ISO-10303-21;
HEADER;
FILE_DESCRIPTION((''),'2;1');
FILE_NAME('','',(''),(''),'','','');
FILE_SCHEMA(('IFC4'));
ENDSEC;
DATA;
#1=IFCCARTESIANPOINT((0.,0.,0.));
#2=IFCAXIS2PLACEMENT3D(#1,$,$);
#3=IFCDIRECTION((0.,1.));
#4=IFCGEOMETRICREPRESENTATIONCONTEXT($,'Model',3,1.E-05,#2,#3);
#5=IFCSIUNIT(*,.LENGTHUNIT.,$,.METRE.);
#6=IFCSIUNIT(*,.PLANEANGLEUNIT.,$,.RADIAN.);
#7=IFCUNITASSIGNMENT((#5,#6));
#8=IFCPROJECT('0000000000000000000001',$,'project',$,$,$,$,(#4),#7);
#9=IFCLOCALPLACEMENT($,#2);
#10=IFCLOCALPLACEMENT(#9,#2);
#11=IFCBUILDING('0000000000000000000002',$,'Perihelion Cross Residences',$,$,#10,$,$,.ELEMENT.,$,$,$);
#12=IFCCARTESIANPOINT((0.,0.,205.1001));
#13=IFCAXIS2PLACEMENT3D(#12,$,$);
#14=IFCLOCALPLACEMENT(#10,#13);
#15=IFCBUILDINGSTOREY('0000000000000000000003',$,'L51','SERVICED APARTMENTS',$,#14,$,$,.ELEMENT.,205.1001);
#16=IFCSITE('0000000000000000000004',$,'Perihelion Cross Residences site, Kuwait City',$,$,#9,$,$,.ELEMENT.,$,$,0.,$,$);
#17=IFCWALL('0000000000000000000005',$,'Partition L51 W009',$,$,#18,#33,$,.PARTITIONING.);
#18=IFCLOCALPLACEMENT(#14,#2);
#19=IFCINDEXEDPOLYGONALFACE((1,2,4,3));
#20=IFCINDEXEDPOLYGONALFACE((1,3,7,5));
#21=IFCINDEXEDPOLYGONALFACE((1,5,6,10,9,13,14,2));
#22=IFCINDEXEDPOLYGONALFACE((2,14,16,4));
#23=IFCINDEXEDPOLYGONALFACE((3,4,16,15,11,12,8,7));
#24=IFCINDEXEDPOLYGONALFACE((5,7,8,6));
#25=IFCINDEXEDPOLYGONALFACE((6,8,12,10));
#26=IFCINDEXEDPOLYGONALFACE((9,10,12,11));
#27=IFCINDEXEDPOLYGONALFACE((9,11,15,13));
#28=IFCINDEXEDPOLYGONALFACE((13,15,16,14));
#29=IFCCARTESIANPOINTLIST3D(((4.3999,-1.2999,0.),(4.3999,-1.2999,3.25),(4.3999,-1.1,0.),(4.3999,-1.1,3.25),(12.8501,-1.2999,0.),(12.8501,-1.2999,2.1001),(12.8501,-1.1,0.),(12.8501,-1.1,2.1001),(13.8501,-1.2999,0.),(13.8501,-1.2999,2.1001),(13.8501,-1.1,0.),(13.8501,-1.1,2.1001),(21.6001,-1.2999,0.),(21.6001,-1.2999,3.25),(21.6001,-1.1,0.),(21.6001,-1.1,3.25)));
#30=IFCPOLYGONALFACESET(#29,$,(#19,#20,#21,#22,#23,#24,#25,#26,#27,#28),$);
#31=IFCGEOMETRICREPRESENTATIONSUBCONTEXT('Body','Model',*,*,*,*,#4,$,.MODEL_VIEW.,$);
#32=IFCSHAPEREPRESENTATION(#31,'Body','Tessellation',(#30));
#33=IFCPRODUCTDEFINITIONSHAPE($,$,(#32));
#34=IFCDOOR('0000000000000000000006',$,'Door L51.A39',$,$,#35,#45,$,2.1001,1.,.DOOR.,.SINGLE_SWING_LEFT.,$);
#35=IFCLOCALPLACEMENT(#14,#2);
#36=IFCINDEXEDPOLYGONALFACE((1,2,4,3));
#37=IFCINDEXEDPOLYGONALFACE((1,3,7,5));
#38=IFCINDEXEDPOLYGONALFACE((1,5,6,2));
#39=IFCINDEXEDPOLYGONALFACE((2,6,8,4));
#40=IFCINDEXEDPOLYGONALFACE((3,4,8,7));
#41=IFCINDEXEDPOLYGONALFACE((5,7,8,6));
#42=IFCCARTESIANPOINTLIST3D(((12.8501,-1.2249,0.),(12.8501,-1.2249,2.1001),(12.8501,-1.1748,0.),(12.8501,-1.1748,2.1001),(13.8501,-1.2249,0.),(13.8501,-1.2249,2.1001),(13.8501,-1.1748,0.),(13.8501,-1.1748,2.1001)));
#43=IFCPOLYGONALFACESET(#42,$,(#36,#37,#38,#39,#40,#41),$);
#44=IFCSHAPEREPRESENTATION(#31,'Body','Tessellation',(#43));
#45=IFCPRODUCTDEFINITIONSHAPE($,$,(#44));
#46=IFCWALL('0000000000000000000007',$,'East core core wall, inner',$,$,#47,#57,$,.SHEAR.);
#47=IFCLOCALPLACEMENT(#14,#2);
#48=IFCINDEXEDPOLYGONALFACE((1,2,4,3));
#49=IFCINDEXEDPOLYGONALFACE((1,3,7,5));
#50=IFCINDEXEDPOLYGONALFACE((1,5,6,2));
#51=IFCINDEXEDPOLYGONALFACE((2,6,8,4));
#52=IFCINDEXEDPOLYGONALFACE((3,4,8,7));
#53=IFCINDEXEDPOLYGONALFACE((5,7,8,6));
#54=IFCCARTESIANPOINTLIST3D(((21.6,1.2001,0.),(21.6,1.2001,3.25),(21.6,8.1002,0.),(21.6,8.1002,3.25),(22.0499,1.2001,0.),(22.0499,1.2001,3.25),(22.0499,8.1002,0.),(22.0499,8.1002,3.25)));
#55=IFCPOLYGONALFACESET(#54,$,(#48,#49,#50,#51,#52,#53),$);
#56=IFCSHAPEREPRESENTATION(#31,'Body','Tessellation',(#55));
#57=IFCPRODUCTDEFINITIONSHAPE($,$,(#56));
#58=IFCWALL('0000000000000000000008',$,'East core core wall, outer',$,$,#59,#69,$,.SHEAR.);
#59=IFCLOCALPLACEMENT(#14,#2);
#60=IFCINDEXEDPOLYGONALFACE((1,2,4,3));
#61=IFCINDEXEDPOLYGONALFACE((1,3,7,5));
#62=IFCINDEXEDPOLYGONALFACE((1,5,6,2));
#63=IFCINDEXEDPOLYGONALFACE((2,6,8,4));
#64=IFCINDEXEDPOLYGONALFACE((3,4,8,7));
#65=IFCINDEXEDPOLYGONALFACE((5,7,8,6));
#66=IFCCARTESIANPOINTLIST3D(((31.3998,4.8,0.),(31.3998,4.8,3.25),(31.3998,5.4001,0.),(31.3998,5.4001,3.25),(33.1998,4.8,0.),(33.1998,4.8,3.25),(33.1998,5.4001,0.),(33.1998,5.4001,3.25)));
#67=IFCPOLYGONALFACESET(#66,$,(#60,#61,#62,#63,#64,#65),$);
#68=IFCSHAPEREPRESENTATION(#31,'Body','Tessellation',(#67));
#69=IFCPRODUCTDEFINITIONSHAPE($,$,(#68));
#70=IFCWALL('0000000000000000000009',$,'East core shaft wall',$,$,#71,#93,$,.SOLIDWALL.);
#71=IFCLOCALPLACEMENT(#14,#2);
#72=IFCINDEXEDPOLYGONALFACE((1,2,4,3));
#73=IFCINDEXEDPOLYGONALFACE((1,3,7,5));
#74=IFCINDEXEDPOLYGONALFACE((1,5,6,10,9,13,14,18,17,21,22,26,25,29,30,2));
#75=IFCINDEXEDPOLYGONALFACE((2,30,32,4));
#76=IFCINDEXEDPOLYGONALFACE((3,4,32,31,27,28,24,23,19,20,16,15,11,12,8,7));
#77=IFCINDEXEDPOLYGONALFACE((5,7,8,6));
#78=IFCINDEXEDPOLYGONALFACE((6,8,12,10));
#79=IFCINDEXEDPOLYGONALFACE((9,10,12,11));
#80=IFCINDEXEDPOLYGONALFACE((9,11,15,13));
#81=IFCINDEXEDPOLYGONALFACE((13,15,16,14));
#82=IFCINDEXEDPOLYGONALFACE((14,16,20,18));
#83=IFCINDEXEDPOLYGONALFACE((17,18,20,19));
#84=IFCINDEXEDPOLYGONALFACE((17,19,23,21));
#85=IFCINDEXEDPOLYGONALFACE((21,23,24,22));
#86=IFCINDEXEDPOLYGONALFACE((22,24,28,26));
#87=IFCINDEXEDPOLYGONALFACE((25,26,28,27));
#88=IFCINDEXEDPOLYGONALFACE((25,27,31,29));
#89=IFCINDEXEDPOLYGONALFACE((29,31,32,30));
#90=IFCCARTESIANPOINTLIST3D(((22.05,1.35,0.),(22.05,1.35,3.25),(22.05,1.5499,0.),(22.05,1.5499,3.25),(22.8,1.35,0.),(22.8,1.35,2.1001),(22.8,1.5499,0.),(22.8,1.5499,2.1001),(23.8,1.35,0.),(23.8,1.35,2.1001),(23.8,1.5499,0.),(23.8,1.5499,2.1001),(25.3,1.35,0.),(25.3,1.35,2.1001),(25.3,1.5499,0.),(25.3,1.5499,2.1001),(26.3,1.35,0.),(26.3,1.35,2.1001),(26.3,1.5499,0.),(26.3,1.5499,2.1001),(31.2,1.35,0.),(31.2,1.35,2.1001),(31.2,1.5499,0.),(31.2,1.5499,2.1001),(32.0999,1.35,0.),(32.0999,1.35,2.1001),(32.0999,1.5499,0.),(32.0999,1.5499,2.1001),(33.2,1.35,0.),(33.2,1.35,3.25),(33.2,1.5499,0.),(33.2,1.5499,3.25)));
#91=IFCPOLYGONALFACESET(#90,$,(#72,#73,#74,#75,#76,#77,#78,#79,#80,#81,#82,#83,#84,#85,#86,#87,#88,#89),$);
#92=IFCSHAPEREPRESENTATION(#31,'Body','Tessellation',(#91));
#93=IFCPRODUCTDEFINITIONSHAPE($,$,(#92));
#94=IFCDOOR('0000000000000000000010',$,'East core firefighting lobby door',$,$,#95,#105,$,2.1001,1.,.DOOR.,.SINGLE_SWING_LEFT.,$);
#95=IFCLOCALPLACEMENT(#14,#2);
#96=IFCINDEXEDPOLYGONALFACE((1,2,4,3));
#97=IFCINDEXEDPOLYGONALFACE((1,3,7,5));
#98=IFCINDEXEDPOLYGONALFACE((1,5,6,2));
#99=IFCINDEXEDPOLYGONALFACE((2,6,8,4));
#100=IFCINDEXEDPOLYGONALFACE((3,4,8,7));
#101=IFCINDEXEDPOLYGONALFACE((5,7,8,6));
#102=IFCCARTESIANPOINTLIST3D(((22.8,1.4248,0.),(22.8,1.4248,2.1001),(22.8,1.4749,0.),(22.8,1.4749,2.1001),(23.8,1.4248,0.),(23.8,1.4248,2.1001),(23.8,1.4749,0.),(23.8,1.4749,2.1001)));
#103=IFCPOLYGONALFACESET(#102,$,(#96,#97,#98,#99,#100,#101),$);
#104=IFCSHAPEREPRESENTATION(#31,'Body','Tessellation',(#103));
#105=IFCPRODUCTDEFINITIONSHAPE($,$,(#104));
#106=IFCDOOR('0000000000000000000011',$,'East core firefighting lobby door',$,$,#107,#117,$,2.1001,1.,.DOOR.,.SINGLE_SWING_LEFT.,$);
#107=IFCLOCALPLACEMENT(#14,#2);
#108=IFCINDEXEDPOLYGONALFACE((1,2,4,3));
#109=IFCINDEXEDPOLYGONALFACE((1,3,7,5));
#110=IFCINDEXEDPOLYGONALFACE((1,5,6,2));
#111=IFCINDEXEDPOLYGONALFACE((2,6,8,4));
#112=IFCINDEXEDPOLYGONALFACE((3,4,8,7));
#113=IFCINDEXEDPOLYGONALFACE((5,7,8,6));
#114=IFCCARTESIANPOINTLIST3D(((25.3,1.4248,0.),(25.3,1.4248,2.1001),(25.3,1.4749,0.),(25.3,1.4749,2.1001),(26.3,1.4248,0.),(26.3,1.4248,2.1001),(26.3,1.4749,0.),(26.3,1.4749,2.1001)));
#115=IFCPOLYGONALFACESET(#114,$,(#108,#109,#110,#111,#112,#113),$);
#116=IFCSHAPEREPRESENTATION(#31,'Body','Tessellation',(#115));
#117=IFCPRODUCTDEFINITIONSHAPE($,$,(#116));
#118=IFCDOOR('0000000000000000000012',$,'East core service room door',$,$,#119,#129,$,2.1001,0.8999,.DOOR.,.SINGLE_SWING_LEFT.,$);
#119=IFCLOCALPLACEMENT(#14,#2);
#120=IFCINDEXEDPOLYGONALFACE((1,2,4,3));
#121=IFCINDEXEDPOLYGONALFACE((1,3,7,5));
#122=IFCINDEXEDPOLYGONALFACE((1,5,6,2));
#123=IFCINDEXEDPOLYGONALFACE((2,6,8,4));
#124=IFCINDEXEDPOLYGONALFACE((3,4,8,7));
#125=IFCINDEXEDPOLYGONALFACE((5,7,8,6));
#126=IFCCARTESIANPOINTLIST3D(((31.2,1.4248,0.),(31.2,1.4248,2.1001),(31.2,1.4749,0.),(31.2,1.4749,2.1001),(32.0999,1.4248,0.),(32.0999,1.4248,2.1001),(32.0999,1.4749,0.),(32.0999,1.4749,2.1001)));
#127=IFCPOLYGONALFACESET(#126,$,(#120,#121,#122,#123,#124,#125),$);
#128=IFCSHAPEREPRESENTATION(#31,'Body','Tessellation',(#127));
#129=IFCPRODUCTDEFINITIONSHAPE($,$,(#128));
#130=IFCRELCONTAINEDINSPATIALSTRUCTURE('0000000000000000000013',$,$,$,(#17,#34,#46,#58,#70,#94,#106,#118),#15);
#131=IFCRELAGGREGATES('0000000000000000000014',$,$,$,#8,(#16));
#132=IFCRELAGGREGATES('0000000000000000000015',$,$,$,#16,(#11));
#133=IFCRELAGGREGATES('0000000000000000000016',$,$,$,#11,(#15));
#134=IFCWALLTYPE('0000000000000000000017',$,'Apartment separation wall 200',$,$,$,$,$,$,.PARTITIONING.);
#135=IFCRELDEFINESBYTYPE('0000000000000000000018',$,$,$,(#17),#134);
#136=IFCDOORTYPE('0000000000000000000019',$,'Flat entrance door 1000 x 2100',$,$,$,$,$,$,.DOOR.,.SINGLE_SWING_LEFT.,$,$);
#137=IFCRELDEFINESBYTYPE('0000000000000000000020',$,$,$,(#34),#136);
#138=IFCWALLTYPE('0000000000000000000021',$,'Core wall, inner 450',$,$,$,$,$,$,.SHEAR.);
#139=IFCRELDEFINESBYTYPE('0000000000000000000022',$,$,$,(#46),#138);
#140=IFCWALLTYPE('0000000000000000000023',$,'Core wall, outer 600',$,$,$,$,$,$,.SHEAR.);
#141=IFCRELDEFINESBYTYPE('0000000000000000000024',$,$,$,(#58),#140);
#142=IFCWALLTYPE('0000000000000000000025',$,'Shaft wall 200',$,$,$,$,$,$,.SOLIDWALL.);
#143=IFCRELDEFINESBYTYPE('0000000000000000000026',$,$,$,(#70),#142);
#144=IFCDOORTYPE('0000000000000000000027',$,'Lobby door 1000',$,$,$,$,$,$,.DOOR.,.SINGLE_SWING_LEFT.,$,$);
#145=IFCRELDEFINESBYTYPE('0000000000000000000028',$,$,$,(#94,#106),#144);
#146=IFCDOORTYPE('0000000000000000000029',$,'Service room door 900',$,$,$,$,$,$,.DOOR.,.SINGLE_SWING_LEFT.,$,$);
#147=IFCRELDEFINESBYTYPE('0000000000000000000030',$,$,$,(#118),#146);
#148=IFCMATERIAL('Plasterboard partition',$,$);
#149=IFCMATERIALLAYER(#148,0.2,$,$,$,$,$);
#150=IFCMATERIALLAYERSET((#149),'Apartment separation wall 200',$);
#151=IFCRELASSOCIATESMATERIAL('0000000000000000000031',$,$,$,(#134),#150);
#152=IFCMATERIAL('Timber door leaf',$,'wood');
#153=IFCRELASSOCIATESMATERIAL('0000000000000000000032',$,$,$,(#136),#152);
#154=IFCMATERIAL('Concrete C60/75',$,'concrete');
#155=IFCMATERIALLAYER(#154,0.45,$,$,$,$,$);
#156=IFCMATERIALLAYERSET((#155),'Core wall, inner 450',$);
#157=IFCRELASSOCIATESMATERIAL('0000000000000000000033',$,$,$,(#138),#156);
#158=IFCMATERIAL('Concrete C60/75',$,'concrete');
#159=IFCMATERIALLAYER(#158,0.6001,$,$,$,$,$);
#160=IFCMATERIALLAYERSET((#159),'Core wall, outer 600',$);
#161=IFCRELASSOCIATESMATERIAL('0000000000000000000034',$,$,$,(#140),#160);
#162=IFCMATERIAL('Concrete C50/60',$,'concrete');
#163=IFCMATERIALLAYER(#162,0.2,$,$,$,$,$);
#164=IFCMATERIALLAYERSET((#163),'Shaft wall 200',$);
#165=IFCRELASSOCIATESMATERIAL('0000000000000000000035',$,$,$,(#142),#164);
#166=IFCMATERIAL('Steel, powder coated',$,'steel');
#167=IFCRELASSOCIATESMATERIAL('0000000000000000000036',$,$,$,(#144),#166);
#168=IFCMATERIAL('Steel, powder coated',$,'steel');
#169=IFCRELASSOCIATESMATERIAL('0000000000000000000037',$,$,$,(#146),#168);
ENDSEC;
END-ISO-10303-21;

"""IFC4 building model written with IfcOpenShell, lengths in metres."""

from ifc_helpers import new_model, si_unit, direction, frame, frame_2d, origin, place, context, subcontext, project, spatial, rectangle, extrude, material, layer, layer_set, type_object, element, fill, save


model = new_model("IFC4")

# Units and contexts
model_context = context("Model", 3, precision=1e-05, world=origin(), true_north=direction((0.0, 1.0)))
body_context = subcontext(model_context, "Body", "Model", "MODEL_VIEW")
ifc_project = project(units=[si_unit("LENGTHUNIT", "METRE"), si_unit("PLANEANGLEUNIT", "RADIAN")], contexts=[model_context])

# Site, building, storey
site_placement = place(None, origin())
site = spatial("IfcSite", under=ifc_project, at=site_placement, Name="Perihelion Cross Residences site, Kuwait City", CompositionType="ELEMENT", RefElevation=0.0)
building_placement = place(site_placement, origin())
building = spatial("IfcBuilding", under=site, at=building_placement, Name="Perihelion Cross Residences", CompositionType="ELEMENT")
storey_placement = place(building_placement, frame((0.0, 0.0, 205.1001)))
storey = spatial("IfcBuildingStorey", under=building, at=storey_placement, Name="L51", Description="SERVICED APARTMENTS", CompositionType="ELEMENT", Elevation=205.1001)

# Wall, opening, door
ifc_material_1 = material(Name="Plasterboard partition")
ifc_layer_1 = layer(ifc_material_1, 0.2)
ifc_layer_set_1 = layer_set([ifc_layer_1], Name="Apartment separation wall 200")
wall_type_1 = type_object("IfcWallType", Name="Apartment separation wall 200", PredefinedType="PARTITIONING", material=ifc_layer_set_1)
wall_1_placement = place(storey_placement, frame((21.6001, -1.2, 0.0), z_axis=(0.0, 0.0, 1.0), x_axis=(-1.0, 0.0, 0.0)))
wall_1 = element("IfcWall", 1, at=wall_1_placement, inside=storey, type_object=wall_type_1, Name="Partition L51 W009", PredefinedType="PARTITIONING", context=body_context, shape_type="SweptSolid", body=[
    extrude(rectangle(XDim=17.2002, YDim=0.2, at=frame_2d((8.6001, 0.0))), origin(), (0.0, 0.0, 1.0), 3.25),
])
opening_1_placement = place(wall_1_placement, frame((7.75, 0.0, 0.0)))
opening_1 = element("IfcOpeningElement", 2, at=opening_1_placement, cuts=wall_1, PredefinedType="OPENING", context=body_context, shape_type="SweptSolid", body=[
    extrude(rectangle(XDim=1.0, YDim=2.1001, at=frame_2d((0.5, 1.05))), frame((0.0, 0.1099, 0.0), z_axis=(0.0, -1.0, 0.0), x_axis=(1.0, 0.0, 0.0)), (0.0, 0.0, 1.0), 0.22),
])
ifc_material_2 = material(Name="Timber door leaf", Category="wood")
door_type_1 = type_object("IfcDoorType", Name="Flat entrance door 1000 x 2100", OperationType="SINGLE_SWING_LEFT", PredefinedType="DOOR", material=ifc_material_2)
door_1_placement = place(opening_1_placement, origin())
door_1 = element("IfcDoor", 3, at=door_1_placement, inside=storey, type_object=door_type_1, Name="Door L51.A39", OperationType="SINGLE_SWING_LEFT", OverallHeight=2.1001, OverallWidth=1.0, PredefinedType="DOOR", context=body_context, shape_type="SweptSolid", body=[
    extrude(rectangle(XDim=1.0, YDim=2.1001, at=frame_2d((0.5, 1.05))), frame((0.0, 0.0249, 0.0), z_axis=(0.0, -1.0, 0.0), x_axis=(1.0, 0.0, 0.0)), (0.0, 0.0, 1.0), 0.05),
])
fill(opening_1, door_1)

# Walls
ifc_material_3 = material(Name="Concrete C60/75", Category="concrete")
ifc_layer_2 = layer(ifc_material_3, 0.45)
ifc_layer_set_2 = layer_set([ifc_layer_2], Name="Core wall, inner 450")
wall_type_2 = type_object("IfcWallType", Name="Core wall, inner 450", PredefinedType="SHEAR", material=ifc_layer_set_2)
wall_2_placement = place(storey_placement, frame((21.825, 1.2, 0.0), z_axis=(0.0, 0.0, 1.0), x_axis=(0.0, 1.0, 0.0)))
element("IfcWall", 4, at=wall_2_placement, inside=storey, type_object=wall_type_2, Name="East core core wall, inner", PredefinedType="SHEAR", context=body_context, shape_type="SweptSolid", body=[
    extrude(rectangle(XDim=6.9001, YDim=0.45, at=frame_2d((3.4502, 0.0))), origin(), (0.0, 0.0, 1.0), 3.25),
])
ifc_material_4 = material(Name="Concrete C60/75", Category="concrete")
ifc_layer_3 = layer(ifc_material_4, 0.6001)
ifc_layer_set_3 = layer_set([ifc_layer_3], Name="Core wall, outer 600")
wall_type_3 = type_object("IfcWallType", Name="Core wall, outer 600", PredefinedType="SHEAR", material=ifc_layer_set_3)
wall_3_placement = place(storey_placement, frame((31.3999, 5.1001, 0.0), z_axis=(0.0, 0.0, 1.0), x_axis=(1.0, 0.0, 0.0)))
element("IfcWall", 5, at=wall_3_placement, inside=storey, type_object=wall_type_3, Name="East core core wall, outer", PredefinedType="SHEAR", context=body_context, shape_type="SweptSolid", body=[
    extrude(rectangle(XDim=1.8, YDim=0.6001, at=frame_2d((0.8999, 0.0))), origin(), (0.0, 0.0, 1.0), 3.25),
])

# Wall, openings, doors
ifc_material_5 = material(Name="Concrete C50/60", Category="concrete")
ifc_layer_4 = layer(ifc_material_5, 0.2)
ifc_layer_set_4 = layer_set([ifc_layer_4], Name="Shaft wall 200")
wall_type_4 = type_object("IfcWallType", Name="Shaft wall 200", PredefinedType="SOLIDWALL", material=ifc_layer_set_4)
wall_4_placement = place(storey_placement, frame((22.05, 1.45, 0.0), z_axis=(0.0, 0.0, 1.0), x_axis=(1.0, 0.0, 0.0)))
wall_4 = element("IfcWall", 6, at=wall_4_placement, inside=storey, type_object=wall_type_4, Name="East core shaft wall", PredefinedType="SOLIDWALL", context=body_context, shape_type="SweptSolid", body=[
    extrude(rectangle(XDim=11.1499, YDim=0.2, at=frame_2d((5.575, 0.0))), origin(), (0.0, 0.0, 1.0), 3.25),
])
opening_2_placement = place(wall_4_placement, frame((0.75, 0.0, 0.0)))
opening_2 = element("IfcOpeningElement", 7, at=opening_2_placement, cuts=wall_4, PredefinedType="OPENING", context=body_context, shape_type="SweptSolid", body=[
    extrude(rectangle(XDim=1.0, YDim=2.1001, at=frame_2d((0.5, 1.05))), frame((0.0, 0.1099, 0.0), z_axis=(0.0, -1.0, 0.0), x_axis=(1.0, 0.0, 0.0)), (0.0, 0.0, 1.0), 0.22),
])
opening_3_placement = place(wall_4_placement, frame((3.25, 0.0, 0.0)))
opening_3 = element("IfcOpeningElement", 8, at=opening_3_placement, cuts=wall_4, PredefinedType="OPENING", context=body_context, shape_type="SweptSolid", body=[
    extrude(rectangle(XDim=1.0, YDim=2.1001, at=frame_2d((0.5, 1.05))), frame((0.0, 0.1099, 0.0), z_axis=(0.0, -1.0, 0.0), x_axis=(1.0, 0.0, 0.0)), (0.0, 0.0, 1.0), 0.22),
])
opening_4_placement = place(wall_4_placement, frame((9.1499, 0.0, 0.0)))
opening_4 = element("IfcOpeningElement", 9, at=opening_4_placement, cuts=wall_4, PredefinedType="OPENING", context=body_context, shape_type="SweptSolid", body=[
    extrude(rectangle(XDim=0.8999, YDim=2.1001, at=frame_2d((0.45, 1.05))), frame((0.0, 0.1099, 0.0), z_axis=(0.0, -1.0, 0.0), x_axis=(1.0, 0.0, 0.0)), (0.0, 0.0, 1.0), 0.22),
])
ifc_material_6 = material(Name="Steel, powder coated", Category="steel")
door_type_2 = type_object("IfcDoorType", Name="Lobby door 1000", OperationType="SINGLE_SWING_LEFT", PredefinedType="DOOR", material=ifc_material_6)
door_2_placement = place(opening_2_placement, origin())
door_2 = element("IfcDoor", 10, at=door_2_placement, inside=storey, type_object=door_type_2, Name="East core firefighting lobby door", OperationType="SINGLE_SWING_LEFT", OverallHeight=2.1001, OverallWidth=1.0, PredefinedType="DOOR", context=body_context, shape_type="SweptSolid", body=[
    extrude(rectangle(XDim=1.0, YDim=2.1001, at=frame_2d((0.5, 1.05))), frame((0.0, 0.0249, 0.0), z_axis=(0.0, -1.0, 0.0), x_axis=(1.0, 0.0, 0.0)), (0.0, 0.0, 1.0), 0.05),
])
fill(opening_2, door_2)
door_3_placement = place(opening_3_placement, origin())
door_3 = element("IfcDoor", 11, at=door_3_placement, inside=storey, type_object=door_type_2, Name="East core firefighting lobby door", OperationType="SINGLE_SWING_LEFT", OverallHeight=2.1001, OverallWidth=1.0, PredefinedType="DOOR", context=body_context, shape_type="SweptSolid", body=[
    extrude(rectangle(XDim=1.0, YDim=2.1001, at=frame_2d((0.5, 1.05))), frame((0.0, 0.0249, 0.0), z_axis=(0.0, -1.0, 0.0), x_axis=(1.0, 0.0, 0.0)), (0.0, 0.0, 1.0), 0.05),
])
fill(opening_3, door_3)
ifc_material_7 = material(Name="Steel, powder coated", Category="steel")
door_type_3 = type_object("IfcDoorType", Name="Service room door 900", OperationType="SINGLE_SWING_LEFT", PredefinedType="DOOR", material=ifc_material_7)
door_4_placement = place(opening_4_placement, origin())
door_4 = element("IfcDoor", 12, at=door_4_placement, inside=storey, type_object=door_type_3, Name="East core service room door", OperationType="SINGLE_SWING_LEFT", OverallHeight=2.1001, OverallWidth=0.8999, PredefinedType="DOOR", context=body_context, shape_type="SweptSolid", body=[
    extrude(rectangle(XDim=0.8999, YDim=2.1001, at=frame_2d((0.45, 1.05))), frame((0.0, 0.0249, 0.0), z_axis=(0.0, -1.0, 0.0), x_axis=(1.0, 0.0, 0.0)), (0.0, 0.0, 1.0), 0.05),
])
fill(opening_4, door_4)

save(model, "model.ifc")
